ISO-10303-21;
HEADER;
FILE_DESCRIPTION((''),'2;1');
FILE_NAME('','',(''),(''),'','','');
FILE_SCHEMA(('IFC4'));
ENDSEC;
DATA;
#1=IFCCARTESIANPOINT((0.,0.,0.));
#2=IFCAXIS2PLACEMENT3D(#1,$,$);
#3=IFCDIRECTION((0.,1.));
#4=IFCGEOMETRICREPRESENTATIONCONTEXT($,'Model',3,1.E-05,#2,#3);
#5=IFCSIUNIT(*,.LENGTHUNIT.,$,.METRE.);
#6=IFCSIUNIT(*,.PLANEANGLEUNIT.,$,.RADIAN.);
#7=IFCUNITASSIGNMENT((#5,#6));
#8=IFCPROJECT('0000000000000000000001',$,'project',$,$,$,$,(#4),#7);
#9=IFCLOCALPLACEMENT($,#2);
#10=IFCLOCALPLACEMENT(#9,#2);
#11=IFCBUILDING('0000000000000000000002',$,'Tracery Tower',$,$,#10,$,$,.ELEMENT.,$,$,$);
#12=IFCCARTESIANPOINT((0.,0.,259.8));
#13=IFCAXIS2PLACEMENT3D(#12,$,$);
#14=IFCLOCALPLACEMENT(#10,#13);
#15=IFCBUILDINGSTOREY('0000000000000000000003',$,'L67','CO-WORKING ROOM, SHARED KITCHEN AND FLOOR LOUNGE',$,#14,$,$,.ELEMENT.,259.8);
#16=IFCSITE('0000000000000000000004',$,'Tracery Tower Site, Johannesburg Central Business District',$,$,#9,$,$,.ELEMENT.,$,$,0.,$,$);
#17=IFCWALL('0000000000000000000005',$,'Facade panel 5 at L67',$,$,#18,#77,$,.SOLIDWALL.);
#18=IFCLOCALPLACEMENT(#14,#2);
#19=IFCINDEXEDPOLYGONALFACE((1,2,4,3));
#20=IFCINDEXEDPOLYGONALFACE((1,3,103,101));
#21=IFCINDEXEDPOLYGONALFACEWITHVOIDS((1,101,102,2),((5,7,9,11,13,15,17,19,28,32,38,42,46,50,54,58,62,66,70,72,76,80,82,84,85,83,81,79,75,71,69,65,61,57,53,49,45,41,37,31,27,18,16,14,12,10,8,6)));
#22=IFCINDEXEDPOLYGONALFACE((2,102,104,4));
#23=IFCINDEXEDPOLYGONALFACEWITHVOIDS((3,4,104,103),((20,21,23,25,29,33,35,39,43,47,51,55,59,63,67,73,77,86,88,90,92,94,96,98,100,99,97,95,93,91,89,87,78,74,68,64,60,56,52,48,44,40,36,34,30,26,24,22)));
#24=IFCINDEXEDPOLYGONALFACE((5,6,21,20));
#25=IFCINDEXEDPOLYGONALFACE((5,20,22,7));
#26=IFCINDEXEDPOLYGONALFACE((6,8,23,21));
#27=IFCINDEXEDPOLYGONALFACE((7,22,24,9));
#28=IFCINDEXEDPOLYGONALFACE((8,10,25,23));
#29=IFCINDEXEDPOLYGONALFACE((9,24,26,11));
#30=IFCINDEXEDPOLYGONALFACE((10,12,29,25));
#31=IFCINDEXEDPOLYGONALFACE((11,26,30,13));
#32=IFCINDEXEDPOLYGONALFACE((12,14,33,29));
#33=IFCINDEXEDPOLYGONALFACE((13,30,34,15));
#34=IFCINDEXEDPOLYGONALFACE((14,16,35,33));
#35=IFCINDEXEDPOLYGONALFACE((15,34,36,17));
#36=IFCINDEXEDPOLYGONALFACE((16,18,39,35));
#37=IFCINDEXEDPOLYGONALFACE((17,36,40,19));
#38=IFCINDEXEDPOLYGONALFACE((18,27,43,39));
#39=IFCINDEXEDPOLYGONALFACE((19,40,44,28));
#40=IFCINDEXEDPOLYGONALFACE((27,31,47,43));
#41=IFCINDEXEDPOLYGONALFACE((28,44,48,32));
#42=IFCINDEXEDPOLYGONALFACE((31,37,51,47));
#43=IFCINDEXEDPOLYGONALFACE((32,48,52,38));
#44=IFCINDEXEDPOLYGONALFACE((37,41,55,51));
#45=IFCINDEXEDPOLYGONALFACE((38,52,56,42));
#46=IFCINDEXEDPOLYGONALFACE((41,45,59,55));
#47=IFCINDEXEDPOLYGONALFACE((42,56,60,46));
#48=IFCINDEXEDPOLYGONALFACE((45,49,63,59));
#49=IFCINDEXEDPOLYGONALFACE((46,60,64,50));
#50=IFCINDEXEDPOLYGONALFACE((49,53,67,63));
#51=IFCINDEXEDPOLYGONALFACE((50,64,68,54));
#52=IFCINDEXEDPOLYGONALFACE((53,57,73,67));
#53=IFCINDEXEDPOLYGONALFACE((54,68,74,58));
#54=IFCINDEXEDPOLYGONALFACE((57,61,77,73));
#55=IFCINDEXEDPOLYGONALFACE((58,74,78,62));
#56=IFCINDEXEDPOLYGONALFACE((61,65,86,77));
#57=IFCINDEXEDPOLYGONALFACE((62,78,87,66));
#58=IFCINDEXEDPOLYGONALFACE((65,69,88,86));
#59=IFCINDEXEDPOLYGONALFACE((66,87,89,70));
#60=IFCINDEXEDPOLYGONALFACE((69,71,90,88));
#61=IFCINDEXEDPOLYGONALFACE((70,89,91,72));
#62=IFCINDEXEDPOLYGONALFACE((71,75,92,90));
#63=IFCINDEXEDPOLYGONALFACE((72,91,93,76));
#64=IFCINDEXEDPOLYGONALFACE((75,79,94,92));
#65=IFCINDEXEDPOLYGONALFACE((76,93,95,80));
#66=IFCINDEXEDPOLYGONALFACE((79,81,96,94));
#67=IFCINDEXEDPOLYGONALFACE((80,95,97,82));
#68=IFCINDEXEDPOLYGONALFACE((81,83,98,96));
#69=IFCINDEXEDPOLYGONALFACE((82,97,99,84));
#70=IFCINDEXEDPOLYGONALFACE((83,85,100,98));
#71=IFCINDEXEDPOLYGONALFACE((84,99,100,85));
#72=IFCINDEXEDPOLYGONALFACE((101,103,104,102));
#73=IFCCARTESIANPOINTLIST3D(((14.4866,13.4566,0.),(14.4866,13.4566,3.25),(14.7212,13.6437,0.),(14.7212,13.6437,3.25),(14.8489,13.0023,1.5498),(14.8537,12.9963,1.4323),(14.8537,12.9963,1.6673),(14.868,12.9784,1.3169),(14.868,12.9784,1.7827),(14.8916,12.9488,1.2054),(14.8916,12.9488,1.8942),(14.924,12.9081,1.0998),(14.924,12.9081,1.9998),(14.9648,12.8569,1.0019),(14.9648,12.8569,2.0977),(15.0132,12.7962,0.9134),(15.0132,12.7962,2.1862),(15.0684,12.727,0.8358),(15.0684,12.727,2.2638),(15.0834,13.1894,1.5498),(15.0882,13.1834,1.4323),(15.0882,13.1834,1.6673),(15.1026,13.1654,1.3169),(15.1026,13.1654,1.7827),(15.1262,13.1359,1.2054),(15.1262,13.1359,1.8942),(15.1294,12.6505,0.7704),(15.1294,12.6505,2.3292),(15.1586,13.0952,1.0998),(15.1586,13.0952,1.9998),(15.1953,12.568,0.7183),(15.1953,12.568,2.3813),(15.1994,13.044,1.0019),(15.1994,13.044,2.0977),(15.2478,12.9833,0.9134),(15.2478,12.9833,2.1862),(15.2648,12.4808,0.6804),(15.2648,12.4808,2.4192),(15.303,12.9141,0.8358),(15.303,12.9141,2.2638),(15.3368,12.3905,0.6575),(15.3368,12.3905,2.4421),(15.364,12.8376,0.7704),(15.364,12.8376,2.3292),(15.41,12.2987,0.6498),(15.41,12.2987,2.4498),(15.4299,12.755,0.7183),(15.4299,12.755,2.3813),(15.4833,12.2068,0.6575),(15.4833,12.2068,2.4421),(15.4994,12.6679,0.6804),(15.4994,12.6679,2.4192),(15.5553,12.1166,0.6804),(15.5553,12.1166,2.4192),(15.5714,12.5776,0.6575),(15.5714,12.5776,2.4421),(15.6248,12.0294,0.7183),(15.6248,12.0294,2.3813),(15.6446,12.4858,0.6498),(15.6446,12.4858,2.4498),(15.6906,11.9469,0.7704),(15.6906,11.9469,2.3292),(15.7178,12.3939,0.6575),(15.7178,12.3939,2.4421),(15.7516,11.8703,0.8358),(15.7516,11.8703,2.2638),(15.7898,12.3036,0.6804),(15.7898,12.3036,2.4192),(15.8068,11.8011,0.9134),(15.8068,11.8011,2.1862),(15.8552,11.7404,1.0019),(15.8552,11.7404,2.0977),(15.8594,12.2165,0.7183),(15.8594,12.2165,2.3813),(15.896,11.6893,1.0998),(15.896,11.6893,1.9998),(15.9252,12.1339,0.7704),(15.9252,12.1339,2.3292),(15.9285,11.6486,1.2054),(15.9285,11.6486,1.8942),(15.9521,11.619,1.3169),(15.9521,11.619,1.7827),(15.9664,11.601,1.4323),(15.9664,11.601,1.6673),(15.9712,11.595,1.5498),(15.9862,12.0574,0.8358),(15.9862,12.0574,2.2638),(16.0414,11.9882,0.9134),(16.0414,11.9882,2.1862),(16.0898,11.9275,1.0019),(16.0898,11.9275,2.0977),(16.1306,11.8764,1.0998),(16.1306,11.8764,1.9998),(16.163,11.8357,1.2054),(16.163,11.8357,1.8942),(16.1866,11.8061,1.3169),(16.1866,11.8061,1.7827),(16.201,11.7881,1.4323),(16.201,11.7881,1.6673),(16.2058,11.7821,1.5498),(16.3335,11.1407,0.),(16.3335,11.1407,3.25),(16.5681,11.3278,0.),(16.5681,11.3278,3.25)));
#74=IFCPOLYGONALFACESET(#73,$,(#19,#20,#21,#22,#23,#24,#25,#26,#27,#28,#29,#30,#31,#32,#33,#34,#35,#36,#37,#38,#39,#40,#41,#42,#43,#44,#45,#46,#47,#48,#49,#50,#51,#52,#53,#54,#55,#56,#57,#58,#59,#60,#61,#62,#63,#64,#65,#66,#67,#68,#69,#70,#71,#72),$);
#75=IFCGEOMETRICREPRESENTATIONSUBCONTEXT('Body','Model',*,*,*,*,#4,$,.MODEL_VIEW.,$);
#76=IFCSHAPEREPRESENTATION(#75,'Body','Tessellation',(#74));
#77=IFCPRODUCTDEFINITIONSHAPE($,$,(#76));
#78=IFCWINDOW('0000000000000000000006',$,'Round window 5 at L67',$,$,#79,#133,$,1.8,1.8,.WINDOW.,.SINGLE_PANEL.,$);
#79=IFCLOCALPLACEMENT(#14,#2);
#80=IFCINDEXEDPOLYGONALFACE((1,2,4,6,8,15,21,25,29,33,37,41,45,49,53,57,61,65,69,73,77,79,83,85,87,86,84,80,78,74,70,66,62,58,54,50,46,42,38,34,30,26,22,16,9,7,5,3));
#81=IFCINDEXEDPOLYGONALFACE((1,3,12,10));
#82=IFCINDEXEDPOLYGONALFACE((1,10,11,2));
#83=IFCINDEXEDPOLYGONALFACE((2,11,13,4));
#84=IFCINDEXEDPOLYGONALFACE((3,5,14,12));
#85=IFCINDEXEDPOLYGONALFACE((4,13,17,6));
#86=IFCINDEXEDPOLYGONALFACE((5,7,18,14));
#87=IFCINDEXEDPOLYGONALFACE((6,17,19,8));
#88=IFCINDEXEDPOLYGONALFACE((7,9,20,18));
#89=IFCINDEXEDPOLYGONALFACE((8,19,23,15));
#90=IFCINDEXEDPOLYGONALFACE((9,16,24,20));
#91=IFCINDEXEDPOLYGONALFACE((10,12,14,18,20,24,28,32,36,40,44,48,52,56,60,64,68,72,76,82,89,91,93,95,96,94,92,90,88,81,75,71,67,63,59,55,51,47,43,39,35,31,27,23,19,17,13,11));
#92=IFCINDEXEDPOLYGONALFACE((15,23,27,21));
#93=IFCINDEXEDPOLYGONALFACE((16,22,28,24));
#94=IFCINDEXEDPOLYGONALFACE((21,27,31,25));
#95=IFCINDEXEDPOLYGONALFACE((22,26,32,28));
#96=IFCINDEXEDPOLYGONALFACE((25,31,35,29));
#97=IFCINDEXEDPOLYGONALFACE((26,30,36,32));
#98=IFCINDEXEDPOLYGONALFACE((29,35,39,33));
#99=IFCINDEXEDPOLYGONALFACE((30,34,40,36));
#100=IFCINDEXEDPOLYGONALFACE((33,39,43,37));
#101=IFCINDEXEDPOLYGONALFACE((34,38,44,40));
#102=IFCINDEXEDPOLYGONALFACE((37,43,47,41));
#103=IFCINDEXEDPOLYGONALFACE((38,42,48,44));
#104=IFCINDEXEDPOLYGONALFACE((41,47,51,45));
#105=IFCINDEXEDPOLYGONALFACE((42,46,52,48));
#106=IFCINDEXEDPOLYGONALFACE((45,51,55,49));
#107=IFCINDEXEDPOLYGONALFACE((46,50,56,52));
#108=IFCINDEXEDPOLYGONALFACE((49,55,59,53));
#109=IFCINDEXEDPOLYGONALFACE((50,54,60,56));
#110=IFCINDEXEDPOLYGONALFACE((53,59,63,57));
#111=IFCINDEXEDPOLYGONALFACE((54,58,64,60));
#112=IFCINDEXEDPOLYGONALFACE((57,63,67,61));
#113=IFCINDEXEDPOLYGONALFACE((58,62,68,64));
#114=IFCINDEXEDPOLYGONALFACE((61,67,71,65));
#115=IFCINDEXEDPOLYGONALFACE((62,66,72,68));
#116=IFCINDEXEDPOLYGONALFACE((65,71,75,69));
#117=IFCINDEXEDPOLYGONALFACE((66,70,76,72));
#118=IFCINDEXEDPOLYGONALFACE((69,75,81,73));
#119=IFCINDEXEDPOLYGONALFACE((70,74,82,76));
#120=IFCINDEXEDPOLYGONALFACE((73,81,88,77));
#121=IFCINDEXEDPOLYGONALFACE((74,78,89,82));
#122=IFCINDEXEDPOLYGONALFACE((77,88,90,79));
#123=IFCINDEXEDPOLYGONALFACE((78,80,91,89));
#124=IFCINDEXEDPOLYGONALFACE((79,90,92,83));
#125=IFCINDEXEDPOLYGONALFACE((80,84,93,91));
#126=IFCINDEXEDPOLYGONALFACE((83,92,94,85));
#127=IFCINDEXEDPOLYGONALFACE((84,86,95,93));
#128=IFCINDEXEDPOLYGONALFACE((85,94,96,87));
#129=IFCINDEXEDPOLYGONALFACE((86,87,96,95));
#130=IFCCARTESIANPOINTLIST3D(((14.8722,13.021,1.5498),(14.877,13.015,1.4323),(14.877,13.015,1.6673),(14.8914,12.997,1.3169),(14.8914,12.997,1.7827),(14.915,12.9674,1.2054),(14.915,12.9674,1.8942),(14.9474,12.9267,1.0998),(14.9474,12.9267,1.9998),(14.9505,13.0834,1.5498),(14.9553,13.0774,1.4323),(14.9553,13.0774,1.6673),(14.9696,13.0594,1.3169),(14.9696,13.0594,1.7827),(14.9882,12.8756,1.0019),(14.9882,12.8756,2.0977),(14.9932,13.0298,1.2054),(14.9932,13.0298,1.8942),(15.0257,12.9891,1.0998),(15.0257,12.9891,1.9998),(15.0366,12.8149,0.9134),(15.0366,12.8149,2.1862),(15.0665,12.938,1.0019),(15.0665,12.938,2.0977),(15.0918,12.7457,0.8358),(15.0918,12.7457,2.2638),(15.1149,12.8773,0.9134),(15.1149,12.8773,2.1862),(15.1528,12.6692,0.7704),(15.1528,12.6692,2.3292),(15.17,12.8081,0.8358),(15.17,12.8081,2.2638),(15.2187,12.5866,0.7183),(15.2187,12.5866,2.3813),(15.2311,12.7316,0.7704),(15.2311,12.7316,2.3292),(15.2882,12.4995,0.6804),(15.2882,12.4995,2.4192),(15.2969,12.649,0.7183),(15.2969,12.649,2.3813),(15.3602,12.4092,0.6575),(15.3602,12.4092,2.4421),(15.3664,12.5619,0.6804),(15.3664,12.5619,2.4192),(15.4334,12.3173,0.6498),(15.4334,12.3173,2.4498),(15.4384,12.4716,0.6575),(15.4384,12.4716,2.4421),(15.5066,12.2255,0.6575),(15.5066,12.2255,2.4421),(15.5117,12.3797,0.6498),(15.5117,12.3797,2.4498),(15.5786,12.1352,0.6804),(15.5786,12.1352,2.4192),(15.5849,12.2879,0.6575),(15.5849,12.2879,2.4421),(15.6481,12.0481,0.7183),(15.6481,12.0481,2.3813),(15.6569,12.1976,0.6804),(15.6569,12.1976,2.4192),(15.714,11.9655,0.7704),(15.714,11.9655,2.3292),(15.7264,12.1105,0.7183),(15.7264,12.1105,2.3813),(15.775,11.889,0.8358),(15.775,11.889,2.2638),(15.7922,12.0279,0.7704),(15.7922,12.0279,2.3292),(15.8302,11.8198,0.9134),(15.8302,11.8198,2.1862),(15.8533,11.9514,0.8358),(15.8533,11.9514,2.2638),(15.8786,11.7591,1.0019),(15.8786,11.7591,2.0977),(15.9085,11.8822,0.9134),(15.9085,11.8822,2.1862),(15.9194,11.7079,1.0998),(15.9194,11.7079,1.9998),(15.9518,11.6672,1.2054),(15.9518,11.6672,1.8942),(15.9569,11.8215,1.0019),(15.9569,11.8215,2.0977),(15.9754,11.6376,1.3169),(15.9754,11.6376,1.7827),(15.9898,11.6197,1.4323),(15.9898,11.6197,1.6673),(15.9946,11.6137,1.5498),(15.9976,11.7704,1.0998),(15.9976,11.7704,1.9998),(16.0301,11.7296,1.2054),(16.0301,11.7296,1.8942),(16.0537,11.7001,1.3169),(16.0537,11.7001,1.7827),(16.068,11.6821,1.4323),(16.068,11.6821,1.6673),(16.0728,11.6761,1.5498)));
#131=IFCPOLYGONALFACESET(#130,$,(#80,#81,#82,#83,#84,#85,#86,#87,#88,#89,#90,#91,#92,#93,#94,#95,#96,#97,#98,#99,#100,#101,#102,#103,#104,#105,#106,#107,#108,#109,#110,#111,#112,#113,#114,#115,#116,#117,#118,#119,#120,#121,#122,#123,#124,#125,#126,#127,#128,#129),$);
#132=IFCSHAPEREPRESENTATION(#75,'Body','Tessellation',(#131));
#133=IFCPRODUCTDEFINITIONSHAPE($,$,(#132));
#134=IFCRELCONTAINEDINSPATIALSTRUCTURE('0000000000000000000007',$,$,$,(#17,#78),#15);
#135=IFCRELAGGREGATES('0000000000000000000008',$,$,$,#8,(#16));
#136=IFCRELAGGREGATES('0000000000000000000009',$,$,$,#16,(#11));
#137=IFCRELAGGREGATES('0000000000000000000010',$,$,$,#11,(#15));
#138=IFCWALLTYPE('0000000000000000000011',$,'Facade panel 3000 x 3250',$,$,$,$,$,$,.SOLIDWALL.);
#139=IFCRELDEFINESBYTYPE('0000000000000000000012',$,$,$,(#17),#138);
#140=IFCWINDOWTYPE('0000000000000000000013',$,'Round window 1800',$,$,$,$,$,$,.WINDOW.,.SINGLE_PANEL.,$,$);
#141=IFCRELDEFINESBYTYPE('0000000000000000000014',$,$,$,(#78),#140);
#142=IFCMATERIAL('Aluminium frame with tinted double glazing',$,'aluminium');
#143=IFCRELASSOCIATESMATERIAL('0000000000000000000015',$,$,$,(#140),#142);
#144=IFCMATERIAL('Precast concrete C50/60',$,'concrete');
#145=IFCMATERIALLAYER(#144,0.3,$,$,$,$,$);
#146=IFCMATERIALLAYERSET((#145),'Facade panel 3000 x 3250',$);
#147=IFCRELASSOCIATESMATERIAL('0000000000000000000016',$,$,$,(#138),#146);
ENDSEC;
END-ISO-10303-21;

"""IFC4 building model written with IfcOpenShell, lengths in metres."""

from ifc_helpers import new_model, si_unit, direction, frame, frame_2d, origin, origin_2d, place, context, subcontext, project, spatial, rectangle, circle, extrude, material, layer, layer_set, type_object, element, fill, save


model = new_model("IFC4")

# Units and contexts
model_context = context("Model", 3, precision=1e-05, world=origin(), true_north=direction((0.0, 1.0)))
body_context = subcontext(model_context, "Body", "Model", "MODEL_VIEW")
ifc_project = project(units=[si_unit("LENGTHUNIT", "METRE"), si_unit("PLANEANGLEUNIT", "RADIAN")], contexts=[model_context])

# Site, building, storey
site_placement = place(None, origin())
site = spatial("IfcSite", under=ifc_project, at=site_placement, Name="Tracery Tower Site, Johannesburg Central Business District", CompositionType="ELEMENT", RefElevation=0.0)
building_placement = place(site_placement, origin())
building = spatial("IfcBuilding", under=site, at=building_placement, Name="Tracery Tower", CompositionType="ELEMENT")
storey_placement = place(building_placement, frame((0.0, 0.0, 259.8)))
storey = spatial("IfcBuildingStorey", under=building, at=storey_placement, Name="L67", Description="CO-WORKING ROOM, SHARED KITCHEN AND FLOOR LOUNGE", CompositionType="ELEMENT", Elevation=259.8)

# Wall, opening, window
ifc_material_1 = material(Name="Aluminium frame with tinted double glazing", Category="aluminium")
window_type = type_object("IfcWindowType", Name="Round window 1800", PartitioningType="SINGLE_PANEL", PredefinedType="WINDOW", material=ifc_material_1)
ifc_material_2 = material(Name="Precast concrete C50/60", Category="concrete")
ifc_layer_1 = layer(ifc_material_2, 0.3)
ifc_layer_set_1 = layer_set([ifc_layer_1], Name="Facade panel 3000 x 3250")
wall_type_1 = type_object("IfcWallType", Name="Facade panel 3000 x 3250", PredefinedType="SOLIDWALL", material=ifc_layer_set_1)
wall_1_placement = place(storey_placement, frame((16.4507, 11.2344, 0.0), z_axis=(0.0, 0.0, 1.0), x_axis=(-0.623498, 0.781825, 0.0)))
wall_1 = element("IfcWall", 1, at=wall_1_placement, inside=storey, type_object=wall_type_1, Name="Facade panel 5 at L67", PredefinedType="SOLIDWALL", context=body_context, shape_type="SweptSolid", body=[
    extrude(rectangle(XDim=2.9622, YDim=0.3, at=frame_2d((1.481, 0.0))), origin(), (0.0, 0.0, 1.0), 3.25),
])
opening_1_placement = place(wall_1_placement, frame((1.481, 0.0, 1.5498)))
opening_1 = element("IfcOpeningElement", 2, at=opening_1_placement, cuts=wall_1, PredefinedType="OPENING", context=body_context, shape_type="SweptSolid", body=[
    extrude(circle(Radius=0.9, at=origin_2d()), frame((0.0, 0.1599, 0.0), z_axis=(0.0, -1.0, 0.0), x_axis=(1.0, 0.0, 0.0)), (0.0, 0.0, 1.0), 0.3201),
])
window_1_placement = place(opening_1_placement, origin())
window_1 = element("IfcWindow", 3, at=window_1_placement, inside=storey, type_object=window_type, Name="Round window 5 at L67", OverallHeight=1.8, OverallWidth=1.8, PartitioningType="SINGLE_PANEL", PredefinedType="WINDOW", context=body_context, shape_type="SweptSolid", body=[
    extrude(circle(Radius=0.9, at=origin_2d()), frame((0.0, 0.1201, 0.0), z_axis=(0.0, -1.0, 0.0), x_axis=(1.0, 0.0, 0.0)), (0.0, 0.0, 1.0), 0.1001),
])
fill(opening_1, window_1)

save(model, "model.ifc")
